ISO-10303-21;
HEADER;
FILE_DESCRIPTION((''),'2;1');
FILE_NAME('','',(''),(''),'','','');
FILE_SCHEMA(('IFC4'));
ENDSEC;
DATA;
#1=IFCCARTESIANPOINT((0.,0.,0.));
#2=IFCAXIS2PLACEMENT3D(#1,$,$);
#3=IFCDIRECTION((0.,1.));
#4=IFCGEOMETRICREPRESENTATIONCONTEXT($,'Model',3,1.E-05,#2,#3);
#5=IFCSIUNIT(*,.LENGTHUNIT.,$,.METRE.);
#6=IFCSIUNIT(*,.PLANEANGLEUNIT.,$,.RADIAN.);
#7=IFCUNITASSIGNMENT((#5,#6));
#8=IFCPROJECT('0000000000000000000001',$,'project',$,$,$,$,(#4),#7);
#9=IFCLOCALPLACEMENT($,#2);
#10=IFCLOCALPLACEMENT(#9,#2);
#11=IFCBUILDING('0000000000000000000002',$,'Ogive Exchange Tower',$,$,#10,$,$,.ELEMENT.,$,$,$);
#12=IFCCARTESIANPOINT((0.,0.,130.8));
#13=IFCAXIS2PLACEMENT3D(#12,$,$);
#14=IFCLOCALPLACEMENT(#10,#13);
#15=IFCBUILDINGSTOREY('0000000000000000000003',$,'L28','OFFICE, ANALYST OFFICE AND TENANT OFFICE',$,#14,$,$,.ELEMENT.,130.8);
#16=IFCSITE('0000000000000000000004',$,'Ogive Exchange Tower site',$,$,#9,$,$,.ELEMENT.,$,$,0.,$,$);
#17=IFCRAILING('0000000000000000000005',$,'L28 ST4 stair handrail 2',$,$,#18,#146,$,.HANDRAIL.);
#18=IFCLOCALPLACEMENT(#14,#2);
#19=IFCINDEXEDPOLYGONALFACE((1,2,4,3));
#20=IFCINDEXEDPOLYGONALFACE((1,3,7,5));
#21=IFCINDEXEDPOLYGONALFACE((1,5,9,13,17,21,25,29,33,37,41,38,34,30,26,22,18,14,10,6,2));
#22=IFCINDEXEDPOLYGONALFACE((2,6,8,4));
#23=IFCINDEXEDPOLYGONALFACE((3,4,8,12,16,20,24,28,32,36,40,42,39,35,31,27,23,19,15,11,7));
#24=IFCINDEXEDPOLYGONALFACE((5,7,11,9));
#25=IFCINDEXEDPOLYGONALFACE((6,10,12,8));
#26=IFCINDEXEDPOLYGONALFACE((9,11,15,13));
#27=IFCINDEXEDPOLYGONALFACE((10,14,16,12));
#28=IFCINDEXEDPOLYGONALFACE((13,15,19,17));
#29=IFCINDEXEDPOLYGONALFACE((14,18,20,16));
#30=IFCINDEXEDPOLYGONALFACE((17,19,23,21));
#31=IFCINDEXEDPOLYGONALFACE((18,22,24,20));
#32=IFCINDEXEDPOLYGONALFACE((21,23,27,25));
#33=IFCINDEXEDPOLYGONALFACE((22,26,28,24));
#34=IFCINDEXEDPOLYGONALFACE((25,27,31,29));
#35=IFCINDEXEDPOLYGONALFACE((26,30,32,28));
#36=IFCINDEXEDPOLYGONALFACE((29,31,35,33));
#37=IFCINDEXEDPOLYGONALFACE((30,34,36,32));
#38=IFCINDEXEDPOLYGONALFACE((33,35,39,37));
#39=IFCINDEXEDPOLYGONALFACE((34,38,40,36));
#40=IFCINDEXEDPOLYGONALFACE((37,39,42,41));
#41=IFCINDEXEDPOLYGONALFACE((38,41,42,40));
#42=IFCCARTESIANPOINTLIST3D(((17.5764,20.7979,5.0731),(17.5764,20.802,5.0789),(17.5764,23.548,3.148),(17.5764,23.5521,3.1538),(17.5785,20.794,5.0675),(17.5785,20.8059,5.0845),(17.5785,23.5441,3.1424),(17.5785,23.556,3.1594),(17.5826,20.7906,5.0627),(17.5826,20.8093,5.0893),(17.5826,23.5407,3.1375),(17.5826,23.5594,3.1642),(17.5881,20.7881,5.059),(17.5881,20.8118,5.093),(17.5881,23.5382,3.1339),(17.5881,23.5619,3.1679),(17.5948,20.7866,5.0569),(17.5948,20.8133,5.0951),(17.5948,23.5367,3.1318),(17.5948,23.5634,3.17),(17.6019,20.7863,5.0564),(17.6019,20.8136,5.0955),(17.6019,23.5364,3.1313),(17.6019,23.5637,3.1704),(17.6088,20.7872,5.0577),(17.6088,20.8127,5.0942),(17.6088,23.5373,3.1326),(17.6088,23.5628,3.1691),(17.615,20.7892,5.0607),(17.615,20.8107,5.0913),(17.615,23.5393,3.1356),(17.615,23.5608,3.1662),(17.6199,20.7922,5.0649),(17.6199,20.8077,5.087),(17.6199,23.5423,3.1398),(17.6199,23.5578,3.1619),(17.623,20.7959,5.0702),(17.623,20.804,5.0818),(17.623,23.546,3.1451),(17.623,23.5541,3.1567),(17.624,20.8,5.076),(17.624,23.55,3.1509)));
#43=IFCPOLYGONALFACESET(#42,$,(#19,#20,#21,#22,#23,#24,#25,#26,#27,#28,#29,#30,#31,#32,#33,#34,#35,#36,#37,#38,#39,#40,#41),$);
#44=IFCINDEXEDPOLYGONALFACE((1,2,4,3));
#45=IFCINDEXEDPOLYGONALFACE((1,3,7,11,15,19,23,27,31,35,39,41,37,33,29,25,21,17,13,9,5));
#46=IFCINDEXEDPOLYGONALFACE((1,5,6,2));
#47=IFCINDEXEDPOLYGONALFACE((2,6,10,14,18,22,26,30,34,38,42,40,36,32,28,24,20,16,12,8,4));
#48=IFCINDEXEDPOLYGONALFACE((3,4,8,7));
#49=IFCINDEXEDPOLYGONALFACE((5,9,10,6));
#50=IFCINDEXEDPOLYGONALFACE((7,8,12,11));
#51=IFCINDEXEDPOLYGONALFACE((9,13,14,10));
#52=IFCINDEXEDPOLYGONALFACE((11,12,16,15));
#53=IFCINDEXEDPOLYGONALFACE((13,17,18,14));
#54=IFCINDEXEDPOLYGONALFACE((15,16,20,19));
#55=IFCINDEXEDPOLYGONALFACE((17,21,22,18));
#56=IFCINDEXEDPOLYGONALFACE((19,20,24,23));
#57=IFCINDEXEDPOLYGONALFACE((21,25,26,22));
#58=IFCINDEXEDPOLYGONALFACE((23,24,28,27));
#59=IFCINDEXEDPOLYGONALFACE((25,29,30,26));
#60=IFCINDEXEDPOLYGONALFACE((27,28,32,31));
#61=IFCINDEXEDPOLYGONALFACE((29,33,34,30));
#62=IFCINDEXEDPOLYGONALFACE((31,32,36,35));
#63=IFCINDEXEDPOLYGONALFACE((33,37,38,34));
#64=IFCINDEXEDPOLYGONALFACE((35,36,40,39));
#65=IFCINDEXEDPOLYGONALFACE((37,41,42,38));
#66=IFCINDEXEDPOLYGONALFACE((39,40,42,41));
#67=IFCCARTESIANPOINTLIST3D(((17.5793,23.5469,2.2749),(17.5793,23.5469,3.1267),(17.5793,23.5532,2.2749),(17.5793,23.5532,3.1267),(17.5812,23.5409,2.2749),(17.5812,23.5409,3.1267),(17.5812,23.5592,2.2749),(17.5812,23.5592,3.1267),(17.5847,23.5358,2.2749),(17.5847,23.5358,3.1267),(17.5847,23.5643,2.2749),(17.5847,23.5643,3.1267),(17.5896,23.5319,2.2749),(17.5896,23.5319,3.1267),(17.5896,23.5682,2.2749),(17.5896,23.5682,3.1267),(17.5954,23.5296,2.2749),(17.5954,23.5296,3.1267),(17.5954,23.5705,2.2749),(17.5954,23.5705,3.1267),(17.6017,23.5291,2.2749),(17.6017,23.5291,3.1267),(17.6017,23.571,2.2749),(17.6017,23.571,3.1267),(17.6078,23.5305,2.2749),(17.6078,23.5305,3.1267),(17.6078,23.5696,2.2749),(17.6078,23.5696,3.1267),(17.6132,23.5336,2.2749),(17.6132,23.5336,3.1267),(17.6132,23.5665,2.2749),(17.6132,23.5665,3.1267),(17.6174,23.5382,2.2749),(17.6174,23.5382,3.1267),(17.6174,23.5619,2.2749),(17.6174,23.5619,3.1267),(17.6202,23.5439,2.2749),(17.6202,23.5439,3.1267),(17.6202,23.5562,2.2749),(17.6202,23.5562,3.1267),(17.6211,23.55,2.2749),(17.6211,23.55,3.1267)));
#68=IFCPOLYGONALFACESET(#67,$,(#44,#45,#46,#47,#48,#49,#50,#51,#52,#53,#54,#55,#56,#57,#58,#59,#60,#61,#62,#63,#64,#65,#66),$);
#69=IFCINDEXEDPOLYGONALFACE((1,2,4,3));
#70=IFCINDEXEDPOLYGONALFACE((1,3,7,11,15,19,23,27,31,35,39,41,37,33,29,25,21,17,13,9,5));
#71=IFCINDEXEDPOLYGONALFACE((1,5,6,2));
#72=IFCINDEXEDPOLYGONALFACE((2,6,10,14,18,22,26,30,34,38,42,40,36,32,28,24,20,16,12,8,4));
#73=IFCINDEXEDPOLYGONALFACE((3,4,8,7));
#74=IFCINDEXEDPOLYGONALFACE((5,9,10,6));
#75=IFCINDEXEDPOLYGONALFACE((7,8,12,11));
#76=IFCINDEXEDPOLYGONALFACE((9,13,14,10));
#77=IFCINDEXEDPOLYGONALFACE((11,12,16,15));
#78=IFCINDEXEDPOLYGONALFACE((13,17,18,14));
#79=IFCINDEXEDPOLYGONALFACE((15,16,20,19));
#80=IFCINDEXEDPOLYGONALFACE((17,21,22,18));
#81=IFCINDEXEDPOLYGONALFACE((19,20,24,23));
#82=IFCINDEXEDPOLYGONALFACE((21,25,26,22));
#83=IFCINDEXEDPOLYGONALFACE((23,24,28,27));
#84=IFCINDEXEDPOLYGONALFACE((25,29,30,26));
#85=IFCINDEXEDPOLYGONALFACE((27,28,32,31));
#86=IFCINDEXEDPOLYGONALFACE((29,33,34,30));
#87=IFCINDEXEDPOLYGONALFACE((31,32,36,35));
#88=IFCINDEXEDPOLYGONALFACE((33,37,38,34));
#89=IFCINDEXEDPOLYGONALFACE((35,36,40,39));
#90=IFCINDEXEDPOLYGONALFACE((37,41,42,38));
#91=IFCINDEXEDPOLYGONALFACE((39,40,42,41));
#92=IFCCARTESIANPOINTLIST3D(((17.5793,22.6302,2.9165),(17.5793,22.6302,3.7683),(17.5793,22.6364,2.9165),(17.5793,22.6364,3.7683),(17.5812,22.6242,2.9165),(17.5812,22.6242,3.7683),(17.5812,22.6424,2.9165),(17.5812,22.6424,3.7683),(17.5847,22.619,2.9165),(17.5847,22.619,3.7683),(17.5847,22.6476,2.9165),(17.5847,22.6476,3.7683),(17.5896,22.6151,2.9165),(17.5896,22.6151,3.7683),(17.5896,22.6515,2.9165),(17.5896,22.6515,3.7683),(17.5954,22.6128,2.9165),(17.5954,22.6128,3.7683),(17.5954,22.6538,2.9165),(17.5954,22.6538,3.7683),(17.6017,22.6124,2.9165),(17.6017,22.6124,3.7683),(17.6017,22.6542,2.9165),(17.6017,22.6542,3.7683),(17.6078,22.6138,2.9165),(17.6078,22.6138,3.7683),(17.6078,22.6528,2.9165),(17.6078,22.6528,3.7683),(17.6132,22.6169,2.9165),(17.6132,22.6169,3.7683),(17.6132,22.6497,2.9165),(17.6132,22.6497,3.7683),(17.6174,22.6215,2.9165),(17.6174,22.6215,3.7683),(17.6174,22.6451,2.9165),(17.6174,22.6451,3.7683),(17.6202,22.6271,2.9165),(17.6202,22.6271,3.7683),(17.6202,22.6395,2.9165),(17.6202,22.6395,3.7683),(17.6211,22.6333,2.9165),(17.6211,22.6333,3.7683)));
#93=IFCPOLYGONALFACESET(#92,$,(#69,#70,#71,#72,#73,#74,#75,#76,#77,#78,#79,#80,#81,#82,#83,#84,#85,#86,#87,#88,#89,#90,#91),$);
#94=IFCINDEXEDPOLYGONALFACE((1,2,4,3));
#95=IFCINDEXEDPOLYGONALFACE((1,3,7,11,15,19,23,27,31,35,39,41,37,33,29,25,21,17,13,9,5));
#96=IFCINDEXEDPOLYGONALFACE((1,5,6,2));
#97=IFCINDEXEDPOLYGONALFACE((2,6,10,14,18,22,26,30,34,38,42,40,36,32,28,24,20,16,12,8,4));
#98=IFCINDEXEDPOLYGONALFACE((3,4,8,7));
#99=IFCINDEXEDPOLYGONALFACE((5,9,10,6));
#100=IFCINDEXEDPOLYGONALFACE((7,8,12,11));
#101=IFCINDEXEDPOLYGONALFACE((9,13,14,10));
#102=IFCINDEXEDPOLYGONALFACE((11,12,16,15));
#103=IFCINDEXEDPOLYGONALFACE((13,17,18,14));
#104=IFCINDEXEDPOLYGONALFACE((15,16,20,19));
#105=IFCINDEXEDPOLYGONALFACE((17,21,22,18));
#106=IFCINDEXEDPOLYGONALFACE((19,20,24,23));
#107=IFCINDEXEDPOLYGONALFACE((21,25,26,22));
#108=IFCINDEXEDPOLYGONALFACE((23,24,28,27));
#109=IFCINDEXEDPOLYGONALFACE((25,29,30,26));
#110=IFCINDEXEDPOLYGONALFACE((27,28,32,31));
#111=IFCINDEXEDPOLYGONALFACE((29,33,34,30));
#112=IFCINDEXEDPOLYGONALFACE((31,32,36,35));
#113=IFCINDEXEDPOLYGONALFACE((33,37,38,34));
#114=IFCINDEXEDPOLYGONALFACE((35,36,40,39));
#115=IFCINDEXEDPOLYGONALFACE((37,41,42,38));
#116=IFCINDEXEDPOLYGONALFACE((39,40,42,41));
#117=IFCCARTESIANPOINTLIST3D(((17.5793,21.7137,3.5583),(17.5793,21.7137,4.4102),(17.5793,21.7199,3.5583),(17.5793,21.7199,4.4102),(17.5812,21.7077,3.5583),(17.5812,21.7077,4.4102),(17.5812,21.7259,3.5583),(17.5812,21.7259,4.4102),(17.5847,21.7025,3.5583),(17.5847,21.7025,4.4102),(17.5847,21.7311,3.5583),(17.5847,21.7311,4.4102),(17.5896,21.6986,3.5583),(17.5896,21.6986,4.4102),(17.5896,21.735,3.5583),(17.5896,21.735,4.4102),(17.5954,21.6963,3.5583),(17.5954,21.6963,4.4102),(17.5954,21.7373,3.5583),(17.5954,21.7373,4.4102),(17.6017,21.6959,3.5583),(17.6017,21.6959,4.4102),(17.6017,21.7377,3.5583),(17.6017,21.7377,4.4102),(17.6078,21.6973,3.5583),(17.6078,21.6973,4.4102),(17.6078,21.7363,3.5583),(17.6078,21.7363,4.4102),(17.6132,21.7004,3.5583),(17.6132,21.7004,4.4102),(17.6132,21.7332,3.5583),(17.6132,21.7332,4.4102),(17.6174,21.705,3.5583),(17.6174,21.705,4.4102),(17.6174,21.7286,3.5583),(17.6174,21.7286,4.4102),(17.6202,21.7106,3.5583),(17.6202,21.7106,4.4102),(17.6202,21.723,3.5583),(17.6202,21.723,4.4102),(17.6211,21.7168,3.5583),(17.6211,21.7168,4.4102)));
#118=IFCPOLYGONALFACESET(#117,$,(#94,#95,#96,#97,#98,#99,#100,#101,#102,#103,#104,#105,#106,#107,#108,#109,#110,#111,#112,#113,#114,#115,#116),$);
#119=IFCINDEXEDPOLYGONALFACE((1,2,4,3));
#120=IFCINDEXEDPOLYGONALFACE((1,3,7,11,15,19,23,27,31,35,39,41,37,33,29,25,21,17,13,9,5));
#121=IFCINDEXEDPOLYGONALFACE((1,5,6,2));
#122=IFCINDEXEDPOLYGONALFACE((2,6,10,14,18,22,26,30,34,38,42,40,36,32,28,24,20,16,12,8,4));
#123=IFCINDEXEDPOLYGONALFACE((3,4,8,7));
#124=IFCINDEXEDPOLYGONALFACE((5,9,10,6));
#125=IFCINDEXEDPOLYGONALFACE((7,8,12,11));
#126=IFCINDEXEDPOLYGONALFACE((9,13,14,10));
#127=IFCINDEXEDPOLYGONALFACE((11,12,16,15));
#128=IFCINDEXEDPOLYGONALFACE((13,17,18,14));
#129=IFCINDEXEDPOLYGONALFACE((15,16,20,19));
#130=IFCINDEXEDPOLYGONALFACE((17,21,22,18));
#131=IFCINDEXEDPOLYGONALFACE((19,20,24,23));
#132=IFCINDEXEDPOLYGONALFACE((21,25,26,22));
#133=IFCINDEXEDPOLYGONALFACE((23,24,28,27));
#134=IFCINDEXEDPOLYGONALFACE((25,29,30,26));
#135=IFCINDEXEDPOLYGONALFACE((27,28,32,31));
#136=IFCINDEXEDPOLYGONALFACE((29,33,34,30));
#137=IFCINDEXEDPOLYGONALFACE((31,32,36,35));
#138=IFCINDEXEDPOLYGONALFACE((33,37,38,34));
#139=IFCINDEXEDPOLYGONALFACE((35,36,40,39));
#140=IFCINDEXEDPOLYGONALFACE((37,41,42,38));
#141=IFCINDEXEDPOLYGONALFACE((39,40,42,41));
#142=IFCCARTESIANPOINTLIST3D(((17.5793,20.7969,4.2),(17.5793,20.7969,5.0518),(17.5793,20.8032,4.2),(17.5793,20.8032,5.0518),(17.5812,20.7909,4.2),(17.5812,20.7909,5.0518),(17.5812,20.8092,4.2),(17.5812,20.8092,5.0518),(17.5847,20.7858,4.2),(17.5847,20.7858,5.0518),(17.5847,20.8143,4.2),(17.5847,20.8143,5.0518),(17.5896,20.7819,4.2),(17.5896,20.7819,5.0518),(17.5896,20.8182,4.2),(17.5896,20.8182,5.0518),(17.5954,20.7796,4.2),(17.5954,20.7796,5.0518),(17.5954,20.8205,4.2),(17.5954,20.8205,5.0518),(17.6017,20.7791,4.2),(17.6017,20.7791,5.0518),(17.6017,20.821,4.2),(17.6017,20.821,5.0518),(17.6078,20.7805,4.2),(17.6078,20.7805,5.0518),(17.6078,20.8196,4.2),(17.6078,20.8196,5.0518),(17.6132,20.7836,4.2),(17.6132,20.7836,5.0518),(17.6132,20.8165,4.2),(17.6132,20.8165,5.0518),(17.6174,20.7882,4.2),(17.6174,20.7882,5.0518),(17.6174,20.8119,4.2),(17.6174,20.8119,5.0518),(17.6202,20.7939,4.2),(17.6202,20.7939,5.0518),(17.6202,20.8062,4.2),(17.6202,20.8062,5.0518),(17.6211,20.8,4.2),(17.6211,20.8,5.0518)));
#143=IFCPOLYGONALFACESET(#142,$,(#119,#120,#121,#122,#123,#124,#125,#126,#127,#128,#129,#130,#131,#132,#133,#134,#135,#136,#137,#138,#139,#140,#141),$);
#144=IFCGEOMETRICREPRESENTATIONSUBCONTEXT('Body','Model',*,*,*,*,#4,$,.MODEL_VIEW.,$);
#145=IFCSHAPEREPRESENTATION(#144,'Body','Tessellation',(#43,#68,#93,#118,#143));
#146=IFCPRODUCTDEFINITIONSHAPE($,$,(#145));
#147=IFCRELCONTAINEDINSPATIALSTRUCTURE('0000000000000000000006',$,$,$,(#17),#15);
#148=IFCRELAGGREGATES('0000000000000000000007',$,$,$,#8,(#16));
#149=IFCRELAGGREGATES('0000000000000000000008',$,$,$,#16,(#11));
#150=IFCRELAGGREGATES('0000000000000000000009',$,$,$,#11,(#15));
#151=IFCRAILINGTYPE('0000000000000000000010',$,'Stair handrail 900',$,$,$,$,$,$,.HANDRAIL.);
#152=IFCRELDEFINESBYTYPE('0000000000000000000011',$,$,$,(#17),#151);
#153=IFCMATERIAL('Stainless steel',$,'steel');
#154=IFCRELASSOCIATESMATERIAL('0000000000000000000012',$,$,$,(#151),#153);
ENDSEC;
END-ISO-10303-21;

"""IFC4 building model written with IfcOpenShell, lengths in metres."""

from ifc_helpers import new_model, si_unit, direction, frame, origin, origin_2d, place, context, subcontext, project, spatial, circle, extrude, material, type_object, element, save


model = new_model("IFC4")

# Units and contexts
model_context = context("Model", 3, precision=1e-05, world=origin(), true_north=direction((0.0, 1.0)))
body_context = subcontext(model_context, "Body", "Model", "MODEL_VIEW")
ifc_project = project(units=[si_unit("LENGTHUNIT", "METRE"), si_unit("PLANEANGLEUNIT", "RADIAN")], contexts=[model_context])

# Site, building, storey
site_placement = place(None, origin())
site = spatial("IfcSite", under=ifc_project, at=site_placement, Name="Ogive Exchange Tower site", CompositionType="ELEMENT", RefElevation=0.0)
building_placement = place(site_placement, origin())
building = spatial("IfcBuilding", under=site, at=building_placement, Name="Ogive Exchange Tower", CompositionType="ELEMENT")
storey_placement = place(building_placement, frame((0.0, 0.0, 130.8)))
storey = spatial("IfcBuildingStorey", under=building, at=storey_placement, Name="L28", Description="OFFICE, ANALYST OFFICE AND TENANT OFFICE", CompositionType="ELEMENT", Elevation=130.8)

# Shared definitions
ifc_material_1 = material(Name="Stainless steel", Category="steel")

# Railing
railing_type = type_object("IfcRailingType", Name="Stair handrail 900", PredefinedType="HANDRAIL", material=ifc_material_1)
railing_placement = place(storey_placement, frame((17.6001, 23.55, 2.2749)))
element("IfcRailing", 1, at=railing_placement, inside=storey, type_object=railing_type, Name="L28 ST4 stair handrail 2", PredefinedType="HANDRAIL", context=body_context, shape_type="SweptSolid", body=[
    extrude(circle(Radius=0.0239, at=origin_2d()), frame((0.0, 0.0, 0.876), z_axis=(0.0, -0.819225, 0.573472), x_axis=(1.0, 0.0, 0.0)), (0.0, 0.0, 1.0), 3.3569),
    extrude(circle(Radius=0.021, at=origin_2d()), origin(), (0.0, 0.0, 1.0), 0.8518),
    extrude(circle(Radius=0.021, at=origin_2d()), frame((0.0, -0.9167, 0.6416)), (0.0, 0.0, 1.0), 0.8518),
    extrude(circle(Radius=0.021, at=origin_2d()), frame((0.0, -1.8333, 1.2834)), (0.0, 0.0, 1.0), 0.8518),
    extrude(circle(Radius=0.021, at=origin_2d()), frame((0.0, -2.75, 1.925)), (0.0, 0.0, 1.0), 0.8518),
])

save(model, "model.ifc")
